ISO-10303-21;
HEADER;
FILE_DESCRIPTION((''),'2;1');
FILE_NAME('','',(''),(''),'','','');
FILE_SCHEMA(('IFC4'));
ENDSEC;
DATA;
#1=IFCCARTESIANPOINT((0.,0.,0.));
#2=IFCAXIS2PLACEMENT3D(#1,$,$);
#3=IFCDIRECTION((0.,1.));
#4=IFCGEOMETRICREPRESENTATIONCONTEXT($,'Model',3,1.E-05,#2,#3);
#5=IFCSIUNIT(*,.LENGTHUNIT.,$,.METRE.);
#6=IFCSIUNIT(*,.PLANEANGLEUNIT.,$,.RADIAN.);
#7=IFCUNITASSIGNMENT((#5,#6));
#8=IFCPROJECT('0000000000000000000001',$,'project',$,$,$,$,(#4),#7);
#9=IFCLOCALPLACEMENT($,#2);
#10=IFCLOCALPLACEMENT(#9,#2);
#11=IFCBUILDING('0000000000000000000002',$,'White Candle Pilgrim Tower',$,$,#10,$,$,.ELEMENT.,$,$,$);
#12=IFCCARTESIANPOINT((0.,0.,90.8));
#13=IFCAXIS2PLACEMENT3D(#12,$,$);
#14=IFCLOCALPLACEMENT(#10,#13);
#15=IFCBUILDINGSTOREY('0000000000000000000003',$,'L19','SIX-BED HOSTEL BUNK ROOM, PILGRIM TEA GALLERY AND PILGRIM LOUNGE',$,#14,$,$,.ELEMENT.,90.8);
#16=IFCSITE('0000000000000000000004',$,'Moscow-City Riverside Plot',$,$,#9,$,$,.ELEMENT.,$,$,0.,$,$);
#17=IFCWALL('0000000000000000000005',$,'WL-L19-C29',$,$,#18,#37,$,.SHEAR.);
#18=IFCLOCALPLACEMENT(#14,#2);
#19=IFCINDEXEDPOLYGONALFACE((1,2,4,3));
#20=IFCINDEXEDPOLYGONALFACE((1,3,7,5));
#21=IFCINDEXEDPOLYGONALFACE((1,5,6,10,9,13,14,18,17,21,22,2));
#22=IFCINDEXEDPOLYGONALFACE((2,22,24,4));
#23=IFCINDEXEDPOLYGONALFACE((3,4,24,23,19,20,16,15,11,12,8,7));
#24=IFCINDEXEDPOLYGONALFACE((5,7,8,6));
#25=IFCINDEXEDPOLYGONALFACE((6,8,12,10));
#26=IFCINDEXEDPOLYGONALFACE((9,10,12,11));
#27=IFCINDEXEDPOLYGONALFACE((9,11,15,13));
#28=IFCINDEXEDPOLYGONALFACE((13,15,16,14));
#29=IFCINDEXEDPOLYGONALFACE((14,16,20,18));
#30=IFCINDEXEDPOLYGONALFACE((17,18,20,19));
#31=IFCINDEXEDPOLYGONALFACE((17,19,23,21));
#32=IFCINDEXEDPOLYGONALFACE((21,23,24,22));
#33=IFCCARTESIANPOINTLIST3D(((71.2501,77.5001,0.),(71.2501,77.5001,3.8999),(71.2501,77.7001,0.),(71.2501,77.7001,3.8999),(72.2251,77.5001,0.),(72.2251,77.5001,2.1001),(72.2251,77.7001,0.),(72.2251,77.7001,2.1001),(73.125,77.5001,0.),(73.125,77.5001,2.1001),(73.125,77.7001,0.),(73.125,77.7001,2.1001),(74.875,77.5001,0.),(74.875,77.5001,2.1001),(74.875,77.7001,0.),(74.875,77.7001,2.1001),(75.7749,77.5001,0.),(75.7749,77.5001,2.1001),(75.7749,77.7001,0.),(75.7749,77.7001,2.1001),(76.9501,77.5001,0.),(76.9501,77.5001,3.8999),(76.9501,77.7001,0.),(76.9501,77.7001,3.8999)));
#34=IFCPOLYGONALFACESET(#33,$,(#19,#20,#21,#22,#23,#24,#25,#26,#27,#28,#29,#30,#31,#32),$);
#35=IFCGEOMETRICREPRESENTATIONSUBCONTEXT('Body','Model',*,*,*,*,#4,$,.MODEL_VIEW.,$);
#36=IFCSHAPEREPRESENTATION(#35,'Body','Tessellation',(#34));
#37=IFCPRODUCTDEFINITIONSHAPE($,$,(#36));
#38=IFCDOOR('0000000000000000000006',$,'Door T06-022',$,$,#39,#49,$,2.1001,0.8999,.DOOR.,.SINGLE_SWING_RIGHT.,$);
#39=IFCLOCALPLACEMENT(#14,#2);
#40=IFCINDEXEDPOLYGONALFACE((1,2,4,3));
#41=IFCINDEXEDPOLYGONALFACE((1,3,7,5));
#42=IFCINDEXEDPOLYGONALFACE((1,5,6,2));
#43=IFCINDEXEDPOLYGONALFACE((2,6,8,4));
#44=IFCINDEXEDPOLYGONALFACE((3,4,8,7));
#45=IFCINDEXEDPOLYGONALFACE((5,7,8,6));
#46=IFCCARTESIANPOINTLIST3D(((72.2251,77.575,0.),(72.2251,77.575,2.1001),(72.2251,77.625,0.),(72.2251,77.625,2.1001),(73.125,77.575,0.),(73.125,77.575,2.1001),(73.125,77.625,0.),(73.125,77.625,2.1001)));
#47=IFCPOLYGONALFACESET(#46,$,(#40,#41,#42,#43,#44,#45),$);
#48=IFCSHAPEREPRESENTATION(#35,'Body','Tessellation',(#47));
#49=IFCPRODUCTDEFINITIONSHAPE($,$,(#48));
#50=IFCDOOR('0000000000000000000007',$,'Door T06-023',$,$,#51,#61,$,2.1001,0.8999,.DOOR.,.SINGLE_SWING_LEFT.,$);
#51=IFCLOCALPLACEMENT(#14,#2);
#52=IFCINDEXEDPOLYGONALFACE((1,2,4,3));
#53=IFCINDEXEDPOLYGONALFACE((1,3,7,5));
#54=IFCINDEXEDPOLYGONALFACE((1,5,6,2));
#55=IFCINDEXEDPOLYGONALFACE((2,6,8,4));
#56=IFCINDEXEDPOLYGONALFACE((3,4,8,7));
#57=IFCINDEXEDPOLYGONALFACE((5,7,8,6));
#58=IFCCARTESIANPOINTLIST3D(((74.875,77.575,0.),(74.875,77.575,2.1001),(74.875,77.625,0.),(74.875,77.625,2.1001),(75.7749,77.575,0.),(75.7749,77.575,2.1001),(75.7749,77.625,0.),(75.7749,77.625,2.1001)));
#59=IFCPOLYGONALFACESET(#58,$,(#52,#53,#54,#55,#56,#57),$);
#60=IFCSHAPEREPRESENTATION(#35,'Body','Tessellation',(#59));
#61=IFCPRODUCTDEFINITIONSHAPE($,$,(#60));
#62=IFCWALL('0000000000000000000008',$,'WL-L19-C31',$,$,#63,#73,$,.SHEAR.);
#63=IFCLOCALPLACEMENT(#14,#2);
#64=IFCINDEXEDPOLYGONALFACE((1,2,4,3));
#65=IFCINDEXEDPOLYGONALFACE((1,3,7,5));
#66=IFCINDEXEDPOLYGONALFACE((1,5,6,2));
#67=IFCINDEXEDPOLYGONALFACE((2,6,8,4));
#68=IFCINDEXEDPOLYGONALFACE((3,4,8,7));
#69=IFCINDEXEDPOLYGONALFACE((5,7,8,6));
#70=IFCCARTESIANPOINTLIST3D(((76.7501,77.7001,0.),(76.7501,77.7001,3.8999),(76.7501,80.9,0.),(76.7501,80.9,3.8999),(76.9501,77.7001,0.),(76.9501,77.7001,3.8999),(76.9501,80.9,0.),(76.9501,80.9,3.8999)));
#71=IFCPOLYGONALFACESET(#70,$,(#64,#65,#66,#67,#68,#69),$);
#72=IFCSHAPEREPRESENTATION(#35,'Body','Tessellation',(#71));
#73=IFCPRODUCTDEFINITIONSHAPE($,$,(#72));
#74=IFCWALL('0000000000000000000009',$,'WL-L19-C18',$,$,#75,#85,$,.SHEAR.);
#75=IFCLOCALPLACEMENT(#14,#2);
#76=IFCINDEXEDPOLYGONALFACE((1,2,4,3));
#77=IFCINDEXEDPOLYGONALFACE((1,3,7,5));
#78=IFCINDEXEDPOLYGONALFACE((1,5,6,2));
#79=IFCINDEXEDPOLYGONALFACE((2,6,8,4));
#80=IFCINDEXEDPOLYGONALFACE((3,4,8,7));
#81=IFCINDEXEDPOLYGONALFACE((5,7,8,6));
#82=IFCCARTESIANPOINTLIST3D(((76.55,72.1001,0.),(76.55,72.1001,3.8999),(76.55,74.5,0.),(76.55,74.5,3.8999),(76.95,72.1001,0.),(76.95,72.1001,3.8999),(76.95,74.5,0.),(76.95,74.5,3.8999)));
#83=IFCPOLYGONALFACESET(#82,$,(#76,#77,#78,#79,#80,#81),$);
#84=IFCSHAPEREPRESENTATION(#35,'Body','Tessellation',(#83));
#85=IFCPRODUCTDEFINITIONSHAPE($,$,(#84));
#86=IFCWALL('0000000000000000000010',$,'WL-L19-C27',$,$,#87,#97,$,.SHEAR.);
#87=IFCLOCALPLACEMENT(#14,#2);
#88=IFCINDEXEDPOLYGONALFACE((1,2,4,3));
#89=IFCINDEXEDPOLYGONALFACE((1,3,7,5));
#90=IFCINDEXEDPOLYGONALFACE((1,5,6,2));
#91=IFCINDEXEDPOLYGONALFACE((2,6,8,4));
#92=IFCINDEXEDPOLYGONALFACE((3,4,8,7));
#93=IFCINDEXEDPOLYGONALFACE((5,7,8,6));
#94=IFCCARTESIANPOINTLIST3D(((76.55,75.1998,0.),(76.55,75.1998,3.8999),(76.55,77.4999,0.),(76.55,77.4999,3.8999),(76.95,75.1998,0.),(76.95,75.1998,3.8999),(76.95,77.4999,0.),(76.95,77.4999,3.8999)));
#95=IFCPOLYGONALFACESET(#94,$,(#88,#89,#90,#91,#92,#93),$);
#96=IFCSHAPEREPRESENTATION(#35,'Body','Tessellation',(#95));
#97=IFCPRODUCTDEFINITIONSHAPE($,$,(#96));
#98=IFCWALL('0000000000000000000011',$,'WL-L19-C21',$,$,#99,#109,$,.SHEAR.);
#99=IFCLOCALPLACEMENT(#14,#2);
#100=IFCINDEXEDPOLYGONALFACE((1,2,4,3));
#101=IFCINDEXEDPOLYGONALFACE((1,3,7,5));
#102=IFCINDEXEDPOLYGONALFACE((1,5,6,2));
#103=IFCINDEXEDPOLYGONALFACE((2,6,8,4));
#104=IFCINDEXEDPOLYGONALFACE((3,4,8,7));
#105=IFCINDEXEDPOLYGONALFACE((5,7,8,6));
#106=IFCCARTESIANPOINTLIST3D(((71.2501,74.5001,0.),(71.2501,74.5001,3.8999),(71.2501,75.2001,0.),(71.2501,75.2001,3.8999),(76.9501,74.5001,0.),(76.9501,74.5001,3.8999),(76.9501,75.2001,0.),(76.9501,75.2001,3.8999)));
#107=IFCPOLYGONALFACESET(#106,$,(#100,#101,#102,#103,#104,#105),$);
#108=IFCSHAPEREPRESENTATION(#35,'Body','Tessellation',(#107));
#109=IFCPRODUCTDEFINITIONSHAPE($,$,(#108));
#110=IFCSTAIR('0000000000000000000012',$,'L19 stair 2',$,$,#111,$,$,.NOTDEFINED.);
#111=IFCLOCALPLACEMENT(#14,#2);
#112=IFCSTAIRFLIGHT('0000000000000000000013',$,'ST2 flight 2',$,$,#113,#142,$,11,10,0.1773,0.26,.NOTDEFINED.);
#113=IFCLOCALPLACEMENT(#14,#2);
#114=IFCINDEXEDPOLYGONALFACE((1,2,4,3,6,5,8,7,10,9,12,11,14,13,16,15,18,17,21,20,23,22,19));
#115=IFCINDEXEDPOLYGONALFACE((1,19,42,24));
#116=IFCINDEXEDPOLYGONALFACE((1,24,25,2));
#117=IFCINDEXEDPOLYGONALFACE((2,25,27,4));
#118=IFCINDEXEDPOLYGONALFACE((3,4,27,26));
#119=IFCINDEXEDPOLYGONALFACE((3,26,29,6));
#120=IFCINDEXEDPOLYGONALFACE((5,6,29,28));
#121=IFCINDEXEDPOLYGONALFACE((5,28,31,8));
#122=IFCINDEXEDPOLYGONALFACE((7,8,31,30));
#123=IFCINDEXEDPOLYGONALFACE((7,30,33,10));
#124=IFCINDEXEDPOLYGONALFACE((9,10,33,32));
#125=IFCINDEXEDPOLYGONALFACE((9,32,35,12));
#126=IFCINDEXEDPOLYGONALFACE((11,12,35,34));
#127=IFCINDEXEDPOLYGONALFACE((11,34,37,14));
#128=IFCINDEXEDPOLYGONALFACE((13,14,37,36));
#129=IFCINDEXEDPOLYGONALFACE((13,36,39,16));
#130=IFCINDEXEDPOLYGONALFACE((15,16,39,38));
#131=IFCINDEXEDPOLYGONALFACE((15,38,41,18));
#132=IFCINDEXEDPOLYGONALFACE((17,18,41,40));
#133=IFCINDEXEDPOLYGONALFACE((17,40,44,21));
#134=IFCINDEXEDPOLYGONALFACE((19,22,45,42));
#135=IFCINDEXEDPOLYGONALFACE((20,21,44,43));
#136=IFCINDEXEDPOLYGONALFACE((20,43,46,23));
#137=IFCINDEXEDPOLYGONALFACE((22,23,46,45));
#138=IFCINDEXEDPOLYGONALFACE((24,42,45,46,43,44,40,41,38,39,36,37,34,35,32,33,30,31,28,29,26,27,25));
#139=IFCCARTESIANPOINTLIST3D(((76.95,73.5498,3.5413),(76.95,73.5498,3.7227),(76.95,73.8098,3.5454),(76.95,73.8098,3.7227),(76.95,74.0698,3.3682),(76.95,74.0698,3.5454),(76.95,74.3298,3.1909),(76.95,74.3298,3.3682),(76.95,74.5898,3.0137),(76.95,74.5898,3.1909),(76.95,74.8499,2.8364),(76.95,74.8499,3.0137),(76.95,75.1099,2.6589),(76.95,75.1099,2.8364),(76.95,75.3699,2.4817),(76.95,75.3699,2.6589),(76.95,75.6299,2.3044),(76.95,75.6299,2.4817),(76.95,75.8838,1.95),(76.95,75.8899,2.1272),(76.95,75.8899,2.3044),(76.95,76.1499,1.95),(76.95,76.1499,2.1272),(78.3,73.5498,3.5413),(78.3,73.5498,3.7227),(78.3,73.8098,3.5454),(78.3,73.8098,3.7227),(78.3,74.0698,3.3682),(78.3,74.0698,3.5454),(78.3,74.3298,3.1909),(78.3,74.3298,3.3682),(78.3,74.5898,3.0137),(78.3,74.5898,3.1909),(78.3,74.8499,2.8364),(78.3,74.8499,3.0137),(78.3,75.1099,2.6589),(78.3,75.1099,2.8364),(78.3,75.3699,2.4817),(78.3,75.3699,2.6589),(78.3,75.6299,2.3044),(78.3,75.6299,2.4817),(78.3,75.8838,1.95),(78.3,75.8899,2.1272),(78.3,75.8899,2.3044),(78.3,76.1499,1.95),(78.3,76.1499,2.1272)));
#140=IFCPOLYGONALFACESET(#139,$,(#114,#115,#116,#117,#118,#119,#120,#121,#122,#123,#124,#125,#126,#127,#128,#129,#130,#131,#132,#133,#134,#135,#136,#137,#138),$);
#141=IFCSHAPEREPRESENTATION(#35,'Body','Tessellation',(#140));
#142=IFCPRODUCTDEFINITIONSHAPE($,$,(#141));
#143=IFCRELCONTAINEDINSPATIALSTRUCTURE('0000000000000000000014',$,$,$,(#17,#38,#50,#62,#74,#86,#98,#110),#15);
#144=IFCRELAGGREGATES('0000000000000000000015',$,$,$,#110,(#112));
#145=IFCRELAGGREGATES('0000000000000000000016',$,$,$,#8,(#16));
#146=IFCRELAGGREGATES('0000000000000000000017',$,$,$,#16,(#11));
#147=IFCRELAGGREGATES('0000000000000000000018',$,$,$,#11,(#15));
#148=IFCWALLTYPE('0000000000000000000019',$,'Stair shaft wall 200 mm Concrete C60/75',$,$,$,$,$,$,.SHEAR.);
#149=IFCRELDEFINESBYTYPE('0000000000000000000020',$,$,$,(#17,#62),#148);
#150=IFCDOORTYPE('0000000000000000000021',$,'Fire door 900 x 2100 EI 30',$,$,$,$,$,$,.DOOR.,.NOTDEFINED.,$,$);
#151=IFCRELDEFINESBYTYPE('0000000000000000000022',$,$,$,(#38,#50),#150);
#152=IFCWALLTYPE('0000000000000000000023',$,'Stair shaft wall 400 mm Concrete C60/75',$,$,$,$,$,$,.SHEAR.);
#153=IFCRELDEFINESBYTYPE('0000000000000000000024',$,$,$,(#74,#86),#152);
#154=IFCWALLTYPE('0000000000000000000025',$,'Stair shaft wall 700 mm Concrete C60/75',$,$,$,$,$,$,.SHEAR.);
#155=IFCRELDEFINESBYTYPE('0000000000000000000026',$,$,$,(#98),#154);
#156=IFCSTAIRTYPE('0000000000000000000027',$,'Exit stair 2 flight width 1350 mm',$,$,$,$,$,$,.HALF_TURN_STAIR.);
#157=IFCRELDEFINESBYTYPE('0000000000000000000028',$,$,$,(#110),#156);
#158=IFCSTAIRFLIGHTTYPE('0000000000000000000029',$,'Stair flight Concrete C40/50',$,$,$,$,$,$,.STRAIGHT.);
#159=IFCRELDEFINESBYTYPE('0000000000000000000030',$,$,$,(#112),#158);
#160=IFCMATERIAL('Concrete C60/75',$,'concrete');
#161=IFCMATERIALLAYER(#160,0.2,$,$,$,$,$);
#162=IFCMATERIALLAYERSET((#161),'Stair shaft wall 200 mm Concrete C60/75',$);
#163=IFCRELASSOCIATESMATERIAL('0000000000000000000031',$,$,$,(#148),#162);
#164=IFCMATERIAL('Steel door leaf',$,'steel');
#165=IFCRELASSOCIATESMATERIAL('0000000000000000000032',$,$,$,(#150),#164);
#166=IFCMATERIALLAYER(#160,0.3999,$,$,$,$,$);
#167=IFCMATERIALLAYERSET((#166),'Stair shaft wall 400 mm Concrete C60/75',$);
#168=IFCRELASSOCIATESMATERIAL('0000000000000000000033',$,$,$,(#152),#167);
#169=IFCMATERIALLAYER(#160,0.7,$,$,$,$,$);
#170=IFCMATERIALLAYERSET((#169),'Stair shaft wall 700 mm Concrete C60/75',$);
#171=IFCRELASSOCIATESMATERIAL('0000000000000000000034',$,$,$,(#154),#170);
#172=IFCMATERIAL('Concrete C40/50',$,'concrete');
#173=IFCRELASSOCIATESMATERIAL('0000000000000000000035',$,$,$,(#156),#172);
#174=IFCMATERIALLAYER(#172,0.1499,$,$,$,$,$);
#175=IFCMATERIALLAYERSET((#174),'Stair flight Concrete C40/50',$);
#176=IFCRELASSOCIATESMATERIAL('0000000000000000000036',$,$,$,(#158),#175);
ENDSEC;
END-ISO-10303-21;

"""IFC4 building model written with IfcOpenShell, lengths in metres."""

from ifc_helpers import new_model, si_unit, direction, frame, frame_2d, origin, place, context, subcontext, project, spatial, polyline, rectangle, outline, extrude, material, layer, layer_set, type_object, element, fill, aggregate, save


model = new_model("IFC4")

# Units and contexts
model_context = context("Model", 3, precision=1e-05, world=origin(), true_north=direction((0.0, 1.0)))
body_context = subcontext(model_context, "Body", "Model", "MODEL_VIEW")
ifc_project = project(units=[si_unit("LENGTHUNIT", "METRE"), si_unit("PLANEANGLEUNIT", "RADIAN")], contexts=[model_context])

# Site, building, storey
site_placement = place(None, origin())
site = spatial("IfcSite", under=ifc_project, at=site_placement, Name="Moscow-City Riverside Plot", CompositionType="ELEMENT", RefElevation=0.0)
building_placement = place(site_placement, origin())
building = spatial("IfcBuilding", under=site, at=building_placement, Name="White Candle Pilgrim Tower", CompositionType="ELEMENT")
storey_placement = place(building_placement, frame((0.0, 0.0, 90.8)))
storey = spatial("IfcBuildingStorey", under=building, at=storey_placement, Name="L19", Description="SIX-BED HOSTEL BUNK ROOM, PILGRIM TEA GALLERY AND PILGRIM LOUNGE", CompositionType="ELEMENT", Elevation=90.8)

# Shared definitions
ifc_material_1 = material(Name="Concrete C60/75", Category="concrete")

# Wall, openings, doors
ifc_layer_1 = layer(ifc_material_1, 0.2)
ifc_layer_set_1 = layer_set([ifc_layer_1], Name="Stair shaft wall 200 mm Concrete C60/75")
wall_type_1 = type_object("IfcWallType", Name="Stair shaft wall 200 mm Concrete C60/75", PredefinedType="SHEAR", material=ifc_layer_set_1)
wall_1_placement = place(storey_placement, frame((71.25, 77.6001, 0.0), z_axis=(0.0, 0.0, 1.0), x_axis=(1.0, 0.0, 0.0)))
wall_1 = element("IfcWall", 1, at=wall_1_placement, inside=storey, type_object=wall_type_1, Name="WL-L19-C29", PredefinedType="SHEAR", context=body_context, shape_type="SweptSolid", body=[
    extrude(rectangle(XDim=5.7, YDim=0.2, at=frame_2d((2.8501, 0.0))), origin(), (0.0, 0.0, 1.0), 3.8999),
])
opening_1_placement = place(wall_1_placement, frame((0.9751, 0.0, 0.0)))
opening_1 = element("IfcOpeningElement", 2, at=opening_1_placement, cuts=wall_1, PredefinedType="OPENING", context=body_context, shape_type="SweptSolid", body=[
    extrude(rectangle(XDim=0.8999, YDim=2.1001, at=frame_2d((0.45, 1.05))), frame((0.0, 0.1099, 0.0), z_axis=(0.0, -1.0, 0.0), x_axis=(1.0, 0.0, 0.0)), (0.0, 0.0, 1.0), 0.22),
])
opening_2_placement = place(wall_1_placement, frame((3.625, 0.0, 0.0)))
opening_2 = element("IfcOpeningElement", 3, at=opening_2_placement, cuts=wall_1, PredefinedType="OPENING", context=body_context, shape_type="SweptSolid", body=[
    extrude(rectangle(XDim=0.8999, YDim=2.1001, at=frame_2d((0.45, 1.05))), frame((0.0, 0.1099, 0.0), z_axis=(0.0, -1.0, 0.0), x_axis=(1.0, 0.0, 0.0)), (0.0, 0.0, 1.0), 0.22),
])
ifc_material_2 = material(Name="Steel door leaf", Category="steel")
door_type = type_object("IfcDoorType", Name="Fire door 900 x 2100 EI 30", OperationType="NOTDEFINED", PredefinedType="DOOR", material=ifc_material_2)
door_1_placement = place(opening_1_placement, origin())
door_1 = element("IfcDoor", 4, at=door_1_placement, inside=storey, type_object=door_type, Name="Door T06-022", OperationType="SINGLE_SWING_RIGHT", OverallHeight=2.1001, OverallWidth=0.8999, PredefinedType="DOOR", context=body_context, shape_type="SweptSolid", body=[
    extrude(rectangle(XDim=0.8999, YDim=2.1001, at=frame_2d((0.45, 1.05))), frame((0.0, 0.0249, 0.0), z_axis=(0.0, -1.0, 0.0), x_axis=(1.0, 0.0, 0.0)), (0.0, 0.0, 1.0), 0.05),
])
fill(opening_1, door_1)
door_2_placement = place(opening_2_placement, origin())
door_2 = element("IfcDoor", 5, at=door_2_placement, inside=storey, type_object=door_type, Name="Door T06-023", OperationType="SINGLE_SWING_LEFT", OverallHeight=2.1001, OverallWidth=0.8999, PredefinedType="DOOR", context=body_context, shape_type="SweptSolid", body=[
    extrude(rectangle(XDim=0.8999, YDim=2.1001, at=frame_2d((0.45, 1.05))), frame((0.0, 0.0249, 0.0), z_axis=(0.0, -1.0, 0.0), x_axis=(1.0, 0.0, 0.0)), (0.0, 0.0, 1.0), 0.05),
])
fill(opening_2, door_2)

# Walls
wall_2_placement = place(storey_placement, frame((76.8501, 77.7, 0.0), z_axis=(0.0, 0.0, 1.0), x_axis=(0.0, 1.0, 0.0)))
element("IfcWall", 6, at=wall_2_placement, inside=storey, type_object=wall_type_1, Name="WL-L19-C31", PredefinedType="SHEAR", context=body_context, shape_type="SweptSolid", body=[
    extrude(rectangle(XDim=3.2, YDim=0.2, at=frame_2d((1.6001, 0.0))), origin(), (0.0, 0.0, 1.0), 3.8999),
])
ifc_layer_2 = layer(ifc_material_1, 0.3999)
ifc_layer_set_2 = layer_set([ifc_layer_2], Name="Stair shaft wall 400 mm Concrete C60/75")
wall_type_2 = type_object("IfcWallType", Name="Stair shaft wall 400 mm Concrete C60/75", PredefinedType="SHEAR", material=ifc_layer_set_2)
wall_3_placement = place(storey_placement, frame((76.75, 72.1001, 0.0), z_axis=(0.0, 0.0, 1.0), x_axis=(0.0, 1.0, 0.0)))
element("IfcWall", 7, at=wall_3_placement, inside=storey, type_object=wall_type_2, Name="WL-L19-C18", PredefinedType="SHEAR", context=body_context, shape_type="SweptSolid", body=[
    extrude(rectangle(XDim=2.3999, YDim=0.3999, at=frame_2d((1.2, 0.0))), origin(), (0.0, 0.0, 1.0), 3.8999),
])
wall_4_placement = place(storey_placement, frame((76.75, 75.2, 0.0), z_axis=(0.0, 0.0, 1.0), x_axis=(0.0, 1.0, 0.0)))
element("IfcWall", 8, at=wall_4_placement, inside=storey, type_object=wall_type_2, Name="WL-L19-C27", PredefinedType="SHEAR", context=body_context, shape_type="SweptSolid", body=[
    extrude(rectangle(XDim=2.3, YDim=0.3999, at=frame_2d((1.1499, 0.0))), origin(), (0.0, 0.0, 1.0), 3.8999),
])
ifc_layer_3 = layer(ifc_material_1, 0.7)
ifc_layer_set_3 = layer_set([ifc_layer_3], Name="Stair shaft wall 700 mm Concrete C60/75")
wall_type_3 = type_object("IfcWallType", Name="Stair shaft wall 700 mm Concrete C60/75", PredefinedType="SHEAR", material=ifc_layer_set_3)
wall_5_placement = place(storey_placement, frame((71.25, 74.8501, 0.0), z_axis=(0.0, 0.0, 1.0), x_axis=(1.0, 0.0, 0.0)))
element("IfcWall", 9, at=wall_5_placement, inside=storey, type_object=wall_type_3, Name="WL-L19-C21", PredefinedType="SHEAR", context=body_context, shape_type="SweptSolid", body=[
    extrude(rectangle(XDim=5.7, YDim=0.7, at=frame_2d((2.8501, 0.0))), origin(), (0.0, 0.0, 1.0), 3.8999),
])

# Stair, stair flight
ifc_material_3 = material(Name="Concrete C40/50", Category="concrete")
stair_type = type_object("IfcStairType", Name="Exit stair 2 flight width 1350 mm", PredefinedType="HALF_TURN_STAIR", material=ifc_material_3)
stair_placement = place(storey_placement, origin())
stair = element("IfcStair", 10, at=stair_placement, inside=storey, type_object=stair_type, Name="L19 stair 2", PredefinedType="NOTDEFINED")
ifc_layer_4 = layer(ifc_material_3, 0.1499)
ifc_layer_set_4 = layer_set([ifc_layer_4], Name="Stair flight Concrete C40/50")
stair_flight_type = type_object("IfcStairFlightType", Name="Stair flight Concrete C40/50", PredefinedType="STRAIGHT", material=ifc_layer_set_4)
stair_flight_placement = place(storey_placement, frame((77.625, 76.1499, 1.95), z_axis=(0.0, 0.0, 1.0), x_axis=(0.0, -1.0, 0.0)))
stair_flight = element("IfcStairFlight", 11, at=stair_flight_placement, type_object=stair_flight_type, Name="ST2 flight 2", NumberOfRisers=11, NumberOfTreads=10, PredefinedType="NOTDEFINED", RiserHeight=0.1773, TreadLength=0.26, context=body_context, shape_type="SweptSolid", body=[
    extrude(outline(polyline([(0.0, 0.0), (0.0, 0.1772), (0.26, 0.1772), (0.26, 0.3545), (0.52, 0.3545), (0.52, 0.5317), (0.78, 0.5317), (0.78, 0.709), (1.04, 0.709), (1.04, 0.8865), (1.3, 0.8865), (1.3, 1.0637), (1.5601, 1.0637), (1.5601, 1.241), (1.8201, 1.241), (1.8201, 1.4182), (2.0801, 1.4182), (2.0801, 1.5955), (2.3401, 1.5955), (2.3401, 1.7727), (2.6001, 1.7727), (2.6001, 1.95), (2.6001, 1.5913), (0.2661, 0.0), (0.0, 0.0)])), frame((0.0, 0.675, 0.0), z_axis=(0.0, -1.0, 0.0), x_axis=(1.0, 0.0, 0.0)), (0.0, 0.0, 1.0), 1.3501),
])
aggregate(stair, [stair_flight])

save(model, "model.ifc")
